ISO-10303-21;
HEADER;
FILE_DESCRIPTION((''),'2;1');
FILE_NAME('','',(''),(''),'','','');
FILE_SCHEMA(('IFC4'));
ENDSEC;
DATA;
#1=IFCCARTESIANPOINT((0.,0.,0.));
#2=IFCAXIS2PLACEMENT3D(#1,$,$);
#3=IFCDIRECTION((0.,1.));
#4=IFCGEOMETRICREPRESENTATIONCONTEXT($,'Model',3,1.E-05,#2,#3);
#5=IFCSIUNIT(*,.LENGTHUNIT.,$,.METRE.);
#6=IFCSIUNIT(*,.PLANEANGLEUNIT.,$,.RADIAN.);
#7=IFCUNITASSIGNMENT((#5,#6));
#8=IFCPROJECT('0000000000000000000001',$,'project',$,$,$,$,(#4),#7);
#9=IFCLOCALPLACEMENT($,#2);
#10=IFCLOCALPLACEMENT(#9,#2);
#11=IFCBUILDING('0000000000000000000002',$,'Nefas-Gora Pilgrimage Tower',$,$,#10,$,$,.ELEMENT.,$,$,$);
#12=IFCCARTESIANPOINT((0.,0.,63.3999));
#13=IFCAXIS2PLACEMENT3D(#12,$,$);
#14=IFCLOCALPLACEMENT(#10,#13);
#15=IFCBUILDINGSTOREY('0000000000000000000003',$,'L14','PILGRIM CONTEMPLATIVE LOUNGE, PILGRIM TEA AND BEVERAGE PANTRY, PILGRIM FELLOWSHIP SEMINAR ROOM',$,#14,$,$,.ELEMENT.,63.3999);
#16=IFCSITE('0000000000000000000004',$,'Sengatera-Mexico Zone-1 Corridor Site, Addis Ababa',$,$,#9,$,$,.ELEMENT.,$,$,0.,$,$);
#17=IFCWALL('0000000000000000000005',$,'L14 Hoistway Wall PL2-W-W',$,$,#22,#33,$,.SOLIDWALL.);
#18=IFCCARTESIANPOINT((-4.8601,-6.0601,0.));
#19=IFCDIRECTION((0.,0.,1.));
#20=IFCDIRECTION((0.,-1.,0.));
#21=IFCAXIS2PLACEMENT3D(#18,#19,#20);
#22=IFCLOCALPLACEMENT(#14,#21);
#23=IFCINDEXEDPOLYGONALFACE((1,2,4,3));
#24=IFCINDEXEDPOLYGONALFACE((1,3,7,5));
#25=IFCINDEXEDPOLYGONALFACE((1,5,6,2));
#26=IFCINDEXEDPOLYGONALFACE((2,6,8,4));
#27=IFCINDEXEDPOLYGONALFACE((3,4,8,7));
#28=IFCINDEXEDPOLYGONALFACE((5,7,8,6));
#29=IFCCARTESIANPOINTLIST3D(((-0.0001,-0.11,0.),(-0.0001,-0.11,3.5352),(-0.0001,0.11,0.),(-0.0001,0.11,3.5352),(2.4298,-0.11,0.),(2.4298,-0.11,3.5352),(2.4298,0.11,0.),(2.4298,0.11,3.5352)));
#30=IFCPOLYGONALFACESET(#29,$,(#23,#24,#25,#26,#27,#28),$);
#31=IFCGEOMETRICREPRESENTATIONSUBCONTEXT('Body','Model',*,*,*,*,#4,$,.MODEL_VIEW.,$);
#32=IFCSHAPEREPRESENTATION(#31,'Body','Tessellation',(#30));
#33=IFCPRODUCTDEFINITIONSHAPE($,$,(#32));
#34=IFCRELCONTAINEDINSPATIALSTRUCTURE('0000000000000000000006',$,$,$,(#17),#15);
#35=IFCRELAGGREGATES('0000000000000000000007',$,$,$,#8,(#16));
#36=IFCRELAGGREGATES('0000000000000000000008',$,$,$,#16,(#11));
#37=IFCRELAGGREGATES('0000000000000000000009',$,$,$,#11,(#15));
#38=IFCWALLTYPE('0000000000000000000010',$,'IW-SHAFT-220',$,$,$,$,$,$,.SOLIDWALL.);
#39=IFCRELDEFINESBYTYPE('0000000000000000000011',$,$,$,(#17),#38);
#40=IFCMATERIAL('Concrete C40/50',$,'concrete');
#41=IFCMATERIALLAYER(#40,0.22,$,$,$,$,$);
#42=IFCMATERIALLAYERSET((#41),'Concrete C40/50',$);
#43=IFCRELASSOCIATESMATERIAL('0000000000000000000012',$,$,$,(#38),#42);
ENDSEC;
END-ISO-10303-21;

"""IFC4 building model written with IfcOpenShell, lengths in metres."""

from ifc_helpers import new_model, si_unit, direction, frame, frame_2d, origin, place, context, subcontext, project, spatial, rectangle, extrude, source, transform, mapped, material, layer, layer_set, type_object, element, save


model = new_model("IFC4")

# Units and contexts
model_context = context("Model", 3, precision=1e-05, world=origin(), true_north=direction((0.0, 1.0)))
body_context = subcontext(model_context, "Body", "Model", "MODEL_VIEW")
ifc_project = project(units=[si_unit("LENGTHUNIT", "METRE"), si_unit("PLANEANGLEUNIT", "RADIAN")], contexts=[model_context])

# Site, building, storey
site_placement = place(None, origin())
site = spatial("IfcSite", under=ifc_project, at=site_placement, Name="Sengatera-Mexico Zone-1 Corridor Site, Addis Ababa", CompositionType="ELEMENT", RefElevation=0.0)
building_placement = place(site_placement, origin())
building = spatial("IfcBuilding", under=site, at=building_placement, Name="Nefas-Gora Pilgrimage Tower", CompositionType="ELEMENT")
storey_placement = place(building_placement, frame((0.0, 0.0, 63.3999)))
storey = spatial("IfcBuildingStorey", under=building, at=storey_placement, Name="L14", Description="PILGRIM CONTEMPLATIVE LOUNGE, PILGRIM TEA AND BEVERAGE PANTRY, PILGRIM FELLOWSHIP SEMINAR ROOM", CompositionType="ELEMENT", Elevation=63.3999)

# Wall
ifc_material_1 = material(Name="Concrete C40/50", Category="concrete")
ifc_layer_1 = layer(ifc_material_1, 0.22)
ifc_layer_set_1 = layer_set([ifc_layer_1], Name="Concrete C40/50")
wall_type_1 = type_object("IfcWallType", Name="IW-SHAFT-220", PredefinedType="SOLIDWALL", material=ifc_layer_set_1)
shared_shape_1 = source(origin(), body_context, "Body", "SweptSolid", [
    extrude(rectangle(XDim=2.4299, YDim=0.22, at=frame_2d((1.2148, 0.0))), origin(), (0.0, 0.0, 1.0), 3.5352),
])
for number, where, z_axis, x_axis, name in (
    (1, (-4.8601, -6.0601, 0.0), (0.0, 0.0, 1.0), (0.0, -1.0, 0.0), "L14 Hoistway Wall PL2-W-W"),
):
    element("IfcWall", number, at=place(storey_placement, frame(where, z_axis=z_axis, x_axis=x_axis)), inside=storey, type_object=wall_type_1, Name=name, PredefinedType="SOLIDWALL", context=body_context, shape_type="MappedRepresentation", body=[
        mapped(shared_shape_1, transform((0.0, 0.0, 0.0), x_axis=(1.0, 0.0, 0.0), y_axis=(0.0, 1.0, 0.0), z_axis=(0.0, 0.0, 1.0), scale=1.0)),
    ])

save(model, "model.ifc")
